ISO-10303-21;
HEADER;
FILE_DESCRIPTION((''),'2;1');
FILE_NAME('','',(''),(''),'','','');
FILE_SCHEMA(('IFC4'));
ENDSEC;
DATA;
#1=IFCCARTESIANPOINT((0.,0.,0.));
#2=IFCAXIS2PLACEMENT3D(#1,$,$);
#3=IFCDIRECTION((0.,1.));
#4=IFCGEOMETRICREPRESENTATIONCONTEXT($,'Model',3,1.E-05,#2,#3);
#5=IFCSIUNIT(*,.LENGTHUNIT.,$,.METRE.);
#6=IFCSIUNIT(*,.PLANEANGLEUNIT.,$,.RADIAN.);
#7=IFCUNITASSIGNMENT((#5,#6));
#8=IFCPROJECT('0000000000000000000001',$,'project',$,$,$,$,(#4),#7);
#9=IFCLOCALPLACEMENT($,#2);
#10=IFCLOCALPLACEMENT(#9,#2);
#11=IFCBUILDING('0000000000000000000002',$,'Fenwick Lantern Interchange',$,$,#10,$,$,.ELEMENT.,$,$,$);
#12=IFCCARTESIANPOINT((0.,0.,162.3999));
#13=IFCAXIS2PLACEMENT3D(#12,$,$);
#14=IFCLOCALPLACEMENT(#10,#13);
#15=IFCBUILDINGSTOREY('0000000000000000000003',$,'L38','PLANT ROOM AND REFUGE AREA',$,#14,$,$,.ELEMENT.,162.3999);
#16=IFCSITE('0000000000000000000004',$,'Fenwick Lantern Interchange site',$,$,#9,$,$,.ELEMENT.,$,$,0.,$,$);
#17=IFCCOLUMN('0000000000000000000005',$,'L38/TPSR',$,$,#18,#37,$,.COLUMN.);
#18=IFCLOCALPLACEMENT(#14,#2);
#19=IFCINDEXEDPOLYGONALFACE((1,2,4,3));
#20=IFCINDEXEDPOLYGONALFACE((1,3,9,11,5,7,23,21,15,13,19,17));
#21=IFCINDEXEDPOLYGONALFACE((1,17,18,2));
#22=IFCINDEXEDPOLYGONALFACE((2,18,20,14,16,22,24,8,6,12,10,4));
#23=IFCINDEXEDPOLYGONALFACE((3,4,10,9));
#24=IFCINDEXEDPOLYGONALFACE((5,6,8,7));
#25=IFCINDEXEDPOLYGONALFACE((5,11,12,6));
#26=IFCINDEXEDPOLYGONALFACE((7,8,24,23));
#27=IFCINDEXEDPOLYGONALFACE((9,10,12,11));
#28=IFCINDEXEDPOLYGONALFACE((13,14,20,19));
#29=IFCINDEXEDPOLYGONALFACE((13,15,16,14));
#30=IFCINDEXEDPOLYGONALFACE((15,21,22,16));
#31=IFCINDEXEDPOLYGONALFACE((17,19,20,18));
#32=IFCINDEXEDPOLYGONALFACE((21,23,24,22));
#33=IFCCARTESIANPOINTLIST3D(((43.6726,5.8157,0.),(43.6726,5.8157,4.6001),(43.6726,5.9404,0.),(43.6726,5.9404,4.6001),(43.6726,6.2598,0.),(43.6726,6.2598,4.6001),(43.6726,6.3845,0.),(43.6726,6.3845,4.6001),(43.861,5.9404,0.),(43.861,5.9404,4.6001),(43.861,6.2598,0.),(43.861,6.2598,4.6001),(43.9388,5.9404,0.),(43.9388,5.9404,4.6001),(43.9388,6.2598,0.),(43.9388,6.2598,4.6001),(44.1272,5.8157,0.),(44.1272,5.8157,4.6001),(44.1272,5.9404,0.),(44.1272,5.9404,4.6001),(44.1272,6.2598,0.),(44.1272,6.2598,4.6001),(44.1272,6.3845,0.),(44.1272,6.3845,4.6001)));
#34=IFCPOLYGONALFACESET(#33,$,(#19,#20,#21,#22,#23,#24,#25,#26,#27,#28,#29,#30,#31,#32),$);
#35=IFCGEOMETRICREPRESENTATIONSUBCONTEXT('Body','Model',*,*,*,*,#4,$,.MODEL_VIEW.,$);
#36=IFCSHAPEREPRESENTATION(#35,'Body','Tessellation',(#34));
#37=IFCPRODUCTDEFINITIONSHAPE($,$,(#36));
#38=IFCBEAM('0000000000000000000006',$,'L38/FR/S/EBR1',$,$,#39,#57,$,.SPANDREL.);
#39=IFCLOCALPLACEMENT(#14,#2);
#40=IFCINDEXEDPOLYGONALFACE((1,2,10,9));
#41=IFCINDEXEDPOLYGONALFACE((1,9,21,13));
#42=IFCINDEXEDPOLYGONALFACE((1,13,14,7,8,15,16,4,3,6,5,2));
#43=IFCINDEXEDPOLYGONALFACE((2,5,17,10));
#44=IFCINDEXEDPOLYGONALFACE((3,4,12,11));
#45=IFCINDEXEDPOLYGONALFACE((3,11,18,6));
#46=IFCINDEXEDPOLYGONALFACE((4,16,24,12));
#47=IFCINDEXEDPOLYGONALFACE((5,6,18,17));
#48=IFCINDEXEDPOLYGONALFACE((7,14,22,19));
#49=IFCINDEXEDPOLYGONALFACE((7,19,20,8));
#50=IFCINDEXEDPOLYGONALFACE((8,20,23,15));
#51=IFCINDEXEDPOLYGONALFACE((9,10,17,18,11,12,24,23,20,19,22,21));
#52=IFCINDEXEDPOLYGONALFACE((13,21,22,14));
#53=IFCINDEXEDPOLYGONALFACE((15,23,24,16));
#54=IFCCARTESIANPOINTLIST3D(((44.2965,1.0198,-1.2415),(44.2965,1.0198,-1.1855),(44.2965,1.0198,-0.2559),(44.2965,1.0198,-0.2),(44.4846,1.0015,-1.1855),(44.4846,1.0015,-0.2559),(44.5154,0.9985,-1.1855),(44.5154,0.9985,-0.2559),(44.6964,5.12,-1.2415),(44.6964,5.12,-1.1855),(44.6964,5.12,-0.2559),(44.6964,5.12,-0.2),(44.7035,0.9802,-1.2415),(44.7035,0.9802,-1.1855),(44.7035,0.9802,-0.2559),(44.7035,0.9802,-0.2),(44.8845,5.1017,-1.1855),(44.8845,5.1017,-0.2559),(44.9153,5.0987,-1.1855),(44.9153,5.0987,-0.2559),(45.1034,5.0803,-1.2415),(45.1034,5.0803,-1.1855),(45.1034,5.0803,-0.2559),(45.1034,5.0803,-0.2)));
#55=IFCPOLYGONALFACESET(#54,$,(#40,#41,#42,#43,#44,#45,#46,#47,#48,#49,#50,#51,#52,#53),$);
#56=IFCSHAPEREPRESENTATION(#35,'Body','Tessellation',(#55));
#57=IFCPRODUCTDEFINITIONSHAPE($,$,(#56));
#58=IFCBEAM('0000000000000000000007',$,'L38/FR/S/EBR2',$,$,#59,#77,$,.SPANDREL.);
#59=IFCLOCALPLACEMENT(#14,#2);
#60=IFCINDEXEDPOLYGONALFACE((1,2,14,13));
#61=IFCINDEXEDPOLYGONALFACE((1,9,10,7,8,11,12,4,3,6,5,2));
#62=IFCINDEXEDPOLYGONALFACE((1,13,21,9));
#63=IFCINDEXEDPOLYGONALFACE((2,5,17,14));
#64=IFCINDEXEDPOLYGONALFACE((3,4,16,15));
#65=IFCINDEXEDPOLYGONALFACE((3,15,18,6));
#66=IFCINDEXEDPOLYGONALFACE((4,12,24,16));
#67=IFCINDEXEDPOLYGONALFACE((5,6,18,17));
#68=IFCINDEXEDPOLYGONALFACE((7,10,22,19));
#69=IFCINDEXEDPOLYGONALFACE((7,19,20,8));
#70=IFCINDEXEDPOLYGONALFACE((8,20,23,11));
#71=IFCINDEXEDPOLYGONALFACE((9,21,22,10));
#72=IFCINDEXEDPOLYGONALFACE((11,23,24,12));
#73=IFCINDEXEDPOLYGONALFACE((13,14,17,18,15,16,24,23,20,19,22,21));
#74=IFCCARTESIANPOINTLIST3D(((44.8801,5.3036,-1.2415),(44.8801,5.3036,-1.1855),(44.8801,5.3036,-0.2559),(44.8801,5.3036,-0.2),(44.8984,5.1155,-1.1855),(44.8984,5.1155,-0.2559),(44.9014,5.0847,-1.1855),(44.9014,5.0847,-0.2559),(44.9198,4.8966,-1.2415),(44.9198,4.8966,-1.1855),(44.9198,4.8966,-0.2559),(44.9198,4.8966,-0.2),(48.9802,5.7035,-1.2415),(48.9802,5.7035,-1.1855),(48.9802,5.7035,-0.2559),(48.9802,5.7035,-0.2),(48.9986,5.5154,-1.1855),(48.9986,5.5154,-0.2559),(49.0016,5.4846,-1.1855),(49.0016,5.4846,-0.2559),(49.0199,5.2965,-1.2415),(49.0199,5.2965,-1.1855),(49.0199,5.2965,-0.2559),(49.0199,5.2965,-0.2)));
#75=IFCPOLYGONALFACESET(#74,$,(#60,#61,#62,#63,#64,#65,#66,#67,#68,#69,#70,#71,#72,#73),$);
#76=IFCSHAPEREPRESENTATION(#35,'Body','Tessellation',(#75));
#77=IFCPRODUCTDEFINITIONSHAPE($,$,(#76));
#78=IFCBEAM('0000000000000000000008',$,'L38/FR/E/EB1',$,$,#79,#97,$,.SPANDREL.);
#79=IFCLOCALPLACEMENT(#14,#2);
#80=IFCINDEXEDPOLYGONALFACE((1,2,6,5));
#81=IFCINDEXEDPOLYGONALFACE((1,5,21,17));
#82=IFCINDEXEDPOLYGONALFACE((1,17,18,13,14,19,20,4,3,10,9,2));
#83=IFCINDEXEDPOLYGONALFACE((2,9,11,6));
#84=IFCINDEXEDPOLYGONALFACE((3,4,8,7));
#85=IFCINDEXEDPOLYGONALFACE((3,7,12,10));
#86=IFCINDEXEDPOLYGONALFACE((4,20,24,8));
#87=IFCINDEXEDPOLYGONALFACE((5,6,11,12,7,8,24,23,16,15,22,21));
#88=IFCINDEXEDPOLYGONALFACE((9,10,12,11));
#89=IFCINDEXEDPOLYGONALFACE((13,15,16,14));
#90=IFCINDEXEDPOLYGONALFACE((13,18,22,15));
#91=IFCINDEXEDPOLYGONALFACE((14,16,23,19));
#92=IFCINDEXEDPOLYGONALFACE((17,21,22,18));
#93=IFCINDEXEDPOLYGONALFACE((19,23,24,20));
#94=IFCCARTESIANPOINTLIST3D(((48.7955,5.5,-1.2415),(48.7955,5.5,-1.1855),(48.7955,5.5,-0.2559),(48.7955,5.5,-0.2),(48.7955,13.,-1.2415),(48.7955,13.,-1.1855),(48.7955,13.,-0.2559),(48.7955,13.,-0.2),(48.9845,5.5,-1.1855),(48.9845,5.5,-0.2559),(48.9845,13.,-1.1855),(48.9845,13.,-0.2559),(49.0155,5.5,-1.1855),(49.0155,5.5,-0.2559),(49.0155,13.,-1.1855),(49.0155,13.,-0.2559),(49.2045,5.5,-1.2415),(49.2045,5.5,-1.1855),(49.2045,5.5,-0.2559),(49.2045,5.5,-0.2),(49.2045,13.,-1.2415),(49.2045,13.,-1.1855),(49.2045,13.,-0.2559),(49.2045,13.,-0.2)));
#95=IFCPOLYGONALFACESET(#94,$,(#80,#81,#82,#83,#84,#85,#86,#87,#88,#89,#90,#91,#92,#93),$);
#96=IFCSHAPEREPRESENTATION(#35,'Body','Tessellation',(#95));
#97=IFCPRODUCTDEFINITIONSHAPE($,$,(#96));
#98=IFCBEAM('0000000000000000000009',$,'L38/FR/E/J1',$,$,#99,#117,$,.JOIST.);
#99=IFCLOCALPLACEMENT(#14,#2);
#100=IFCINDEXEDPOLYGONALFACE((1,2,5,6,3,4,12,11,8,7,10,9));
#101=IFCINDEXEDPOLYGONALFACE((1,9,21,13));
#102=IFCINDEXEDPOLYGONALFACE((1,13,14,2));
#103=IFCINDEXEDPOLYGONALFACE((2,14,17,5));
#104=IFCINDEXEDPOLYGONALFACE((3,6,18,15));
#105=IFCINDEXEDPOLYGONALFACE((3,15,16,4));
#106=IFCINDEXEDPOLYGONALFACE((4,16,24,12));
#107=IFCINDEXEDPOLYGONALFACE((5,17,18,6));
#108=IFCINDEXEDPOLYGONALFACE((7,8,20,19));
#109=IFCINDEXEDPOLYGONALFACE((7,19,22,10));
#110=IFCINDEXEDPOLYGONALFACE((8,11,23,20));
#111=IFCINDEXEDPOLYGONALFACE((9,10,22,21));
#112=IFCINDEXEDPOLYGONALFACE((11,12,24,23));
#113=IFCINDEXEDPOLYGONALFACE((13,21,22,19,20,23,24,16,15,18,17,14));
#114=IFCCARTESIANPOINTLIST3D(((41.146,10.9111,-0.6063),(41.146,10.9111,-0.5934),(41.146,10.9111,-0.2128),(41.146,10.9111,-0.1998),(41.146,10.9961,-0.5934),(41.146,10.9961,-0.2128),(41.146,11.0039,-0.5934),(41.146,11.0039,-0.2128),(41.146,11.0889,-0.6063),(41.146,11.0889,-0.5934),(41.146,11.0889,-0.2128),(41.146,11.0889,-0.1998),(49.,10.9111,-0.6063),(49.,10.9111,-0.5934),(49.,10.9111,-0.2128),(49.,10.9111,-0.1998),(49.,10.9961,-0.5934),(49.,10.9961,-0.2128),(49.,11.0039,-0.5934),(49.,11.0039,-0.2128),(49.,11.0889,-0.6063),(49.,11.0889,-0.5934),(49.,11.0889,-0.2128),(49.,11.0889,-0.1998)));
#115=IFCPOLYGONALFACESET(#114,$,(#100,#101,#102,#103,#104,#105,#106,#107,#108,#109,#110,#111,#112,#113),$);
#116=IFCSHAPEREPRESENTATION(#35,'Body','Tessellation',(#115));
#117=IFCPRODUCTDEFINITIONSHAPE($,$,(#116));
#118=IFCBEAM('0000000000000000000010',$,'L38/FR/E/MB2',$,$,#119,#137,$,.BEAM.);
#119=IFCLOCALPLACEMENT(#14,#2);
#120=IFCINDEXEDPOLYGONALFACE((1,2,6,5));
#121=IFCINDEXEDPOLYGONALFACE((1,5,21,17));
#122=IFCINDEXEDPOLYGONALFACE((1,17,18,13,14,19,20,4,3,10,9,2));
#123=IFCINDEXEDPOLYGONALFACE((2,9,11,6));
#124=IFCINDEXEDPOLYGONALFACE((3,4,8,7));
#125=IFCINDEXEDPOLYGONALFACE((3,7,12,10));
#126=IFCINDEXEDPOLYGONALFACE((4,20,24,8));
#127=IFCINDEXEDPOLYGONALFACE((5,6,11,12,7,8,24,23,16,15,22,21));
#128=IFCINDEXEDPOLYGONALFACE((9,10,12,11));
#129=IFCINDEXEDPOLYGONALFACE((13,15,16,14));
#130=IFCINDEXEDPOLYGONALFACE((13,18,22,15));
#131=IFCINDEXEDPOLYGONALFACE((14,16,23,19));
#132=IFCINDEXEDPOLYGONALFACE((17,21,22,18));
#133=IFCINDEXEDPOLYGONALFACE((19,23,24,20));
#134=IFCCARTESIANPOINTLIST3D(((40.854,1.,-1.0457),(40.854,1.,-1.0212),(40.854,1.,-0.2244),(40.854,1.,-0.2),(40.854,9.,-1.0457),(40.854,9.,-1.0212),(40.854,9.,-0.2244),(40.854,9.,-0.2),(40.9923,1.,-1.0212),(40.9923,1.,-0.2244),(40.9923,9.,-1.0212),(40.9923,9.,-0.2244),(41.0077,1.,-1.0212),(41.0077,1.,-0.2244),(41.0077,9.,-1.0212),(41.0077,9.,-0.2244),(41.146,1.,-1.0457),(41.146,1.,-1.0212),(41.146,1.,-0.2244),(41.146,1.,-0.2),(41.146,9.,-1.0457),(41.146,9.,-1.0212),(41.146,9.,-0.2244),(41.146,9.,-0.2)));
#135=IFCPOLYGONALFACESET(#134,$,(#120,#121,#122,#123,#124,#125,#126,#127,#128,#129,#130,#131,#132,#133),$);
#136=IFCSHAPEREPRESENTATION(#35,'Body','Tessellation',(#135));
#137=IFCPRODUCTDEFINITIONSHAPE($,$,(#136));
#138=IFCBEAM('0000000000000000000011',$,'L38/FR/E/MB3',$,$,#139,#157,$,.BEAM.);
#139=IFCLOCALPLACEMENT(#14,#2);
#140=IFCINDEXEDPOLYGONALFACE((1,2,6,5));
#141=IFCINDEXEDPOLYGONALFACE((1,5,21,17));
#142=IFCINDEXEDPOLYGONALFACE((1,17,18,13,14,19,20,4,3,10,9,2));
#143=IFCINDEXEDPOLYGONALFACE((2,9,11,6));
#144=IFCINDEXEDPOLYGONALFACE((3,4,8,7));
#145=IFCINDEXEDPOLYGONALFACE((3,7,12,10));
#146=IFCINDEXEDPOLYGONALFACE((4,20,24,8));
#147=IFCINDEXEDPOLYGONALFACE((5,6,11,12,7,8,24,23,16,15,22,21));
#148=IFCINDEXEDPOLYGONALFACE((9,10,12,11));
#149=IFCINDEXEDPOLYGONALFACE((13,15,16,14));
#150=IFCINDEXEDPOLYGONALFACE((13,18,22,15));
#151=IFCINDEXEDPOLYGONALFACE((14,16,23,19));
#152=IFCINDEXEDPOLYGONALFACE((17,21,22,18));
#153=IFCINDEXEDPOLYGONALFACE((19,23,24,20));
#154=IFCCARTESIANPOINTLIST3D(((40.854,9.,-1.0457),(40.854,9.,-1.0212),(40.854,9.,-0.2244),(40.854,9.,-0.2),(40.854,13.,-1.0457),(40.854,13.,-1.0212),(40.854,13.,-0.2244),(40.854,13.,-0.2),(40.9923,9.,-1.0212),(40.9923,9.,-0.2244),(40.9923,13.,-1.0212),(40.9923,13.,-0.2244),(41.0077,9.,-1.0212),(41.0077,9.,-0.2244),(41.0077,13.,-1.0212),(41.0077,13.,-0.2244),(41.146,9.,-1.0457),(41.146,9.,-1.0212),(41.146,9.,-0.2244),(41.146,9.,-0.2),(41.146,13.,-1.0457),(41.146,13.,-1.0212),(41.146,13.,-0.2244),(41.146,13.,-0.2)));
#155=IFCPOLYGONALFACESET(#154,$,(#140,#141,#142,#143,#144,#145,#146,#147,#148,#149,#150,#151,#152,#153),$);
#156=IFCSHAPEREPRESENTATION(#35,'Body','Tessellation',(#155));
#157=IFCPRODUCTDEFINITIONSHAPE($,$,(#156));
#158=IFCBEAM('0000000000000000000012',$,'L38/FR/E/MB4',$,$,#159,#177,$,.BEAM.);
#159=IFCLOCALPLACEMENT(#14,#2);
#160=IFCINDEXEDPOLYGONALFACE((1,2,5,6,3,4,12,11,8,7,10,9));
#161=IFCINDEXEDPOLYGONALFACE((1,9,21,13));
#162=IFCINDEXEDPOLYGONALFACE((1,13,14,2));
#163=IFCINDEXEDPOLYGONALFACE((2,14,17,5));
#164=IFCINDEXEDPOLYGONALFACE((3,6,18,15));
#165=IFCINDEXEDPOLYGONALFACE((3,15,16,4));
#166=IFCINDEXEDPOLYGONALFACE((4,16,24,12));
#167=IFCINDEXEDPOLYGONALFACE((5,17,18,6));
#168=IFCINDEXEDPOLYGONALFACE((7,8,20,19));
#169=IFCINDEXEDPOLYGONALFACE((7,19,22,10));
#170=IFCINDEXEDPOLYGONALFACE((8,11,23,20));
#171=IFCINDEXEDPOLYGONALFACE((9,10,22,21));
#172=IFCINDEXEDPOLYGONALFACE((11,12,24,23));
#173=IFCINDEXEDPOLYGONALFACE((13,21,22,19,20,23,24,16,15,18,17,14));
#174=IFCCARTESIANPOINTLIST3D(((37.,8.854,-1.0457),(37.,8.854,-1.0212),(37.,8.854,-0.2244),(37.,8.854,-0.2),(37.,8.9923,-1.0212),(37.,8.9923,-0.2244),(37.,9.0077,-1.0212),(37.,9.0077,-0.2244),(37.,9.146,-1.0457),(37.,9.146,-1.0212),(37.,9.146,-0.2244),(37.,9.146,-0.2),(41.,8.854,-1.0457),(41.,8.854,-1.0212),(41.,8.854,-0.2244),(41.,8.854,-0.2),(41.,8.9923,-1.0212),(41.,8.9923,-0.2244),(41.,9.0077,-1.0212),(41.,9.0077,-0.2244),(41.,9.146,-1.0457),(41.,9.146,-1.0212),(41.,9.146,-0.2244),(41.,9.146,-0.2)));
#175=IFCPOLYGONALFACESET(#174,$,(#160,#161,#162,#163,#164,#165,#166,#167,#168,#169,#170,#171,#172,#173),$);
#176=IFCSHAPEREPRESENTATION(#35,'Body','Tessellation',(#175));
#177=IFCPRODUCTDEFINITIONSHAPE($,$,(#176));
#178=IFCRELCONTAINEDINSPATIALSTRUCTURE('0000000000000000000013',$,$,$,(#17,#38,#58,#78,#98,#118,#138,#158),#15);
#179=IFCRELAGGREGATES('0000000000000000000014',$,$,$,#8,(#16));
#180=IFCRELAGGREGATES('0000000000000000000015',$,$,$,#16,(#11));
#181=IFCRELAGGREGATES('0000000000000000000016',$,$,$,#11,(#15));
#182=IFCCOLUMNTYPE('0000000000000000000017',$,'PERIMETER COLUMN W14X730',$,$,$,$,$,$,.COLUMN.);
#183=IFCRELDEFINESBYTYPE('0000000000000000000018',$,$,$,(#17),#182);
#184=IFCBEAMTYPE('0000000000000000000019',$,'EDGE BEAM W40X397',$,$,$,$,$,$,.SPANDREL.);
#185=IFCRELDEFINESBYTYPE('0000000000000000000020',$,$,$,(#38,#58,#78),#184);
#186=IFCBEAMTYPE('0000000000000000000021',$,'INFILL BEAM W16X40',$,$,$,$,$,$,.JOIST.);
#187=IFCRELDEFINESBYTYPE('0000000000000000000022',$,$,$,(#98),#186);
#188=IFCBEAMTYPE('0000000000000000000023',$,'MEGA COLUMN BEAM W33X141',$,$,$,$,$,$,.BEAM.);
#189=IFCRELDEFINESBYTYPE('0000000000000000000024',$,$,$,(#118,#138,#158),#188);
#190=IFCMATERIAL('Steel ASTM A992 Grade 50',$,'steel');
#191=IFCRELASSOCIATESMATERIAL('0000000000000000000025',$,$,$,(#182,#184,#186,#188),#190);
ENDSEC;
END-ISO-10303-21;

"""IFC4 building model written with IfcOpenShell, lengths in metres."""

from ifc_helpers import new_model, si_unit, direction, frame, origin, origin_2d, place, context, subcontext, project, spatial, i_section, extrude, material, material_profile, profile_set, type_object, element, save


model = new_model("IFC4")

# Units and contexts
model_context = context("Model", 3, precision=1e-05, world=origin(), true_north=direction((0.0, 1.0)))
body_context = subcontext(model_context, "Body", "Model", "MODEL_VIEW")
ifc_project = project(units=[si_unit("LENGTHUNIT", "METRE"), si_unit("PLANEANGLEUNIT", "RADIAN")], contexts=[model_context])

# Site, building, storey
site_placement = place(None, origin())
site = spatial("IfcSite", under=ifc_project, at=site_placement, Name="Fenwick Lantern Interchange site", CompositionType="ELEMENT", RefElevation=0.0)
building_placement = place(site_placement, origin())
building = spatial("IfcBuilding", under=site, at=building_placement, Name="Fenwick Lantern Interchange", CompositionType="ELEMENT")
storey_placement = place(building_placement, frame((0.0, 0.0, 162.3999)))
storey = spatial("IfcBuildingStorey", under=building, at=storey_placement, Name="L38", Description="PLANT ROOM AND REFUGE AREA", CompositionType="ELEMENT", Elevation=162.3999)

# Column
ifc_material_1 = material(Name="Steel ASTM A992 Grade 50", Category="steel")
ifc_material_profile_1 = material_profile(ifc_material_1, i_section(OverallWidth=0.4546, OverallDepth=0.5688, WebThickness=0.0779, FlangeThickness=0.1248, at=origin_2d()), Name="W14X730")
ifc_profile_set_1 = profile_set([ifc_material_profile_1], Name="Steel ASTM A992 Grade 50")
column_type = type_object("IfcColumnType", Name="PERIMETER COLUMN W14X730", PredefinedType="COLUMN", material=ifc_profile_set_1)
column_placement = place(storey_placement, frame((43.8999, 6.1001, 0.0), z_axis=(0.0, 0.0, 1.0), x_axis=(1.0, 0.0, 0.0)))
element("IfcColumn", 1, at=column_placement, inside=storey, type_object=column_type, Name="L38/TPSR", PredefinedType="COLUMN", context=body_context, shape_type="SweptSolid", body=[
    extrude(i_section(OverallWidth=0.4546, OverallDepth=0.5688, WebThickness=0.0779, FlangeThickness=0.1248, at=origin_2d()), origin(), (0.0, 0.0, 1.0), 4.6001),
])

# Beams
ifc_material_profile_2 = material_profile(ifc_material_1, i_section(OverallWidth=0.4089, OverallDepth=1.0415, WebThickness=0.031, FlangeThickness=0.0559, at=origin_2d()), Name="W40X397")
ifc_profile_set_2 = profile_set([ifc_material_profile_2], Name="Steel ASTM A992 Grade 50")
beam_type_1 = type_object("IfcBeamType", Name="EDGE BEAM W40X397", PredefinedType="SPANDREL", material=ifc_profile_set_2)
for number, where, z_axis, x_axis, name in (
    (2, (44.5, 1.0, -0.7207), (0.097074, 0.995277, 0.0), (-0.995277, 0.097074, 0.0), "L38/FR/S/EBR1"),
    (3, (44.8999, 5.1001, -0.7207), (0.995277, 0.097074, 0.0), (-0.097074, 0.995277, 0.0), "L38/FR/S/EBR2"),
):
    element("IfcBeam", number, at=place(storey_placement, frame(where, z_axis=z_axis, x_axis=x_axis)), inside=storey, type_object=beam_type_1, Name=name, PredefinedType="SPANDREL", context=body_context, shape_type="SweptSolid", body=[
        extrude(i_section(OverallWidth=0.4089, OverallDepth=1.0415, WebThickness=0.031, FlangeThickness=0.0559, at=origin_2d()), origin(), (0.0, 0.0, 1.0), 4.1196),
    ])
beam_1_placement = place(storey_placement, frame((49.0, 5.5, -0.7207), z_axis=(0.0, 1.0, 0.0), x_axis=(-1.0, 0.0, 0.0)))
element("IfcBeam", 4, at=beam_1_placement, inside=storey, type_object=beam_type_1, Name="L38/FR/E/EB1", PredefinedType="SPANDREL", context=body_context, shape_type="SweptSolid", body=[
    extrude(i_section(OverallWidth=0.4089, OverallDepth=1.0415, WebThickness=0.031, FlangeThickness=0.0559, at=origin_2d()), origin(), (0.0, 0.0, 1.0), 7.5),
])
ifc_material_profile_3 = material_profile(ifc_material_1, i_section(OverallWidth=0.1777, OverallDepth=0.4065, WebThickness=0.0078, FlangeThickness=0.0129, at=origin_2d()), Name="W16X40")
ifc_profile_set_3 = profile_set([ifc_material_profile_3], Name="Steel ASTM A992 Grade 50")
beam_type_2 = type_object("IfcBeamType", Name="INFILL BEAM W16X40", PredefinedType="JOIST", material=ifc_profile_set_3)
beam_2_placement = place(storey_placement, frame((49.0, 11.0, -0.4031), z_axis=(-1.0, 0.0, 0.0), x_axis=(0.0, -1.0, 0.0)))
element("IfcBeam", 5, at=beam_2_placement, inside=storey, type_object=beam_type_2, Name="L38/FR/E/J1", PredefinedType="JOIST", context=body_context, shape_type="SweptSolid", body=[
    extrude(i_section(OverallWidth=0.1777, OverallDepth=0.4065, WebThickness=0.0078, FlangeThickness=0.0129, at=origin_2d()), origin(), (0.0, 0.0, 1.0), 7.854),
])
ifc_material_profile_4 = material_profile(ifc_material_1, i_section(OverallWidth=0.292, OverallDepth=0.8457, WebThickness=0.0154, FlangeThickness=0.0244, at=origin_2d()), Name="W33X141")
ifc_profile_set_4 = profile_set([ifc_material_profile_4], Name="Steel ASTM A992 Grade 50")
beam_type_3 = type_object("IfcBeamType", Name="MEGA COLUMN BEAM W33X141", PredefinedType="BEAM", material=ifc_profile_set_4)
beam_3_placement = place(storey_placement, frame((41.0, 9.0, -0.6228), z_axis=(0.0, -1.0, 0.0), x_axis=(1.0, 0.0, 0.0)))
element("IfcBeam", 6, at=beam_3_placement, inside=storey, type_object=beam_type_3, Name="L38/FR/E/MB2", PredefinedType="BEAM", context=body_context, shape_type="SweptSolid", body=[
    extrude(i_section(OverallWidth=0.292, OverallDepth=0.8457, WebThickness=0.0154, FlangeThickness=0.0244, at=origin_2d()), origin(), (0.0, 0.0, 1.0), 8.0),
])
for number, where, z_axis, x_axis, name in (
    (7, (41.0, 9.0, -0.6228), (0.0, 1.0, 0.0), (-1.0, 0.0, 0.0), "L38/FR/E/MB3"),
    (8, (41.0, 9.0, -0.6228), (-1.0, 0.0, 0.0), (0.0, -1.0, 0.0), "L38/FR/E/MB4"),
):
    element("IfcBeam", number, at=place(storey_placement, frame(where, z_axis=z_axis, x_axis=x_axis)), inside=storey, type_object=beam_type_3, Name=name, PredefinedType="BEAM", context=body_context, shape_type="SweptSolid", body=[
        extrude(i_section(OverallWidth=0.292, OverallDepth=0.8457, WebThickness=0.0154, FlangeThickness=0.0244, at=origin_2d()), origin(), (0.0, 0.0, 1.0), 4.0),
    ])

save(model, "model.ifc")
